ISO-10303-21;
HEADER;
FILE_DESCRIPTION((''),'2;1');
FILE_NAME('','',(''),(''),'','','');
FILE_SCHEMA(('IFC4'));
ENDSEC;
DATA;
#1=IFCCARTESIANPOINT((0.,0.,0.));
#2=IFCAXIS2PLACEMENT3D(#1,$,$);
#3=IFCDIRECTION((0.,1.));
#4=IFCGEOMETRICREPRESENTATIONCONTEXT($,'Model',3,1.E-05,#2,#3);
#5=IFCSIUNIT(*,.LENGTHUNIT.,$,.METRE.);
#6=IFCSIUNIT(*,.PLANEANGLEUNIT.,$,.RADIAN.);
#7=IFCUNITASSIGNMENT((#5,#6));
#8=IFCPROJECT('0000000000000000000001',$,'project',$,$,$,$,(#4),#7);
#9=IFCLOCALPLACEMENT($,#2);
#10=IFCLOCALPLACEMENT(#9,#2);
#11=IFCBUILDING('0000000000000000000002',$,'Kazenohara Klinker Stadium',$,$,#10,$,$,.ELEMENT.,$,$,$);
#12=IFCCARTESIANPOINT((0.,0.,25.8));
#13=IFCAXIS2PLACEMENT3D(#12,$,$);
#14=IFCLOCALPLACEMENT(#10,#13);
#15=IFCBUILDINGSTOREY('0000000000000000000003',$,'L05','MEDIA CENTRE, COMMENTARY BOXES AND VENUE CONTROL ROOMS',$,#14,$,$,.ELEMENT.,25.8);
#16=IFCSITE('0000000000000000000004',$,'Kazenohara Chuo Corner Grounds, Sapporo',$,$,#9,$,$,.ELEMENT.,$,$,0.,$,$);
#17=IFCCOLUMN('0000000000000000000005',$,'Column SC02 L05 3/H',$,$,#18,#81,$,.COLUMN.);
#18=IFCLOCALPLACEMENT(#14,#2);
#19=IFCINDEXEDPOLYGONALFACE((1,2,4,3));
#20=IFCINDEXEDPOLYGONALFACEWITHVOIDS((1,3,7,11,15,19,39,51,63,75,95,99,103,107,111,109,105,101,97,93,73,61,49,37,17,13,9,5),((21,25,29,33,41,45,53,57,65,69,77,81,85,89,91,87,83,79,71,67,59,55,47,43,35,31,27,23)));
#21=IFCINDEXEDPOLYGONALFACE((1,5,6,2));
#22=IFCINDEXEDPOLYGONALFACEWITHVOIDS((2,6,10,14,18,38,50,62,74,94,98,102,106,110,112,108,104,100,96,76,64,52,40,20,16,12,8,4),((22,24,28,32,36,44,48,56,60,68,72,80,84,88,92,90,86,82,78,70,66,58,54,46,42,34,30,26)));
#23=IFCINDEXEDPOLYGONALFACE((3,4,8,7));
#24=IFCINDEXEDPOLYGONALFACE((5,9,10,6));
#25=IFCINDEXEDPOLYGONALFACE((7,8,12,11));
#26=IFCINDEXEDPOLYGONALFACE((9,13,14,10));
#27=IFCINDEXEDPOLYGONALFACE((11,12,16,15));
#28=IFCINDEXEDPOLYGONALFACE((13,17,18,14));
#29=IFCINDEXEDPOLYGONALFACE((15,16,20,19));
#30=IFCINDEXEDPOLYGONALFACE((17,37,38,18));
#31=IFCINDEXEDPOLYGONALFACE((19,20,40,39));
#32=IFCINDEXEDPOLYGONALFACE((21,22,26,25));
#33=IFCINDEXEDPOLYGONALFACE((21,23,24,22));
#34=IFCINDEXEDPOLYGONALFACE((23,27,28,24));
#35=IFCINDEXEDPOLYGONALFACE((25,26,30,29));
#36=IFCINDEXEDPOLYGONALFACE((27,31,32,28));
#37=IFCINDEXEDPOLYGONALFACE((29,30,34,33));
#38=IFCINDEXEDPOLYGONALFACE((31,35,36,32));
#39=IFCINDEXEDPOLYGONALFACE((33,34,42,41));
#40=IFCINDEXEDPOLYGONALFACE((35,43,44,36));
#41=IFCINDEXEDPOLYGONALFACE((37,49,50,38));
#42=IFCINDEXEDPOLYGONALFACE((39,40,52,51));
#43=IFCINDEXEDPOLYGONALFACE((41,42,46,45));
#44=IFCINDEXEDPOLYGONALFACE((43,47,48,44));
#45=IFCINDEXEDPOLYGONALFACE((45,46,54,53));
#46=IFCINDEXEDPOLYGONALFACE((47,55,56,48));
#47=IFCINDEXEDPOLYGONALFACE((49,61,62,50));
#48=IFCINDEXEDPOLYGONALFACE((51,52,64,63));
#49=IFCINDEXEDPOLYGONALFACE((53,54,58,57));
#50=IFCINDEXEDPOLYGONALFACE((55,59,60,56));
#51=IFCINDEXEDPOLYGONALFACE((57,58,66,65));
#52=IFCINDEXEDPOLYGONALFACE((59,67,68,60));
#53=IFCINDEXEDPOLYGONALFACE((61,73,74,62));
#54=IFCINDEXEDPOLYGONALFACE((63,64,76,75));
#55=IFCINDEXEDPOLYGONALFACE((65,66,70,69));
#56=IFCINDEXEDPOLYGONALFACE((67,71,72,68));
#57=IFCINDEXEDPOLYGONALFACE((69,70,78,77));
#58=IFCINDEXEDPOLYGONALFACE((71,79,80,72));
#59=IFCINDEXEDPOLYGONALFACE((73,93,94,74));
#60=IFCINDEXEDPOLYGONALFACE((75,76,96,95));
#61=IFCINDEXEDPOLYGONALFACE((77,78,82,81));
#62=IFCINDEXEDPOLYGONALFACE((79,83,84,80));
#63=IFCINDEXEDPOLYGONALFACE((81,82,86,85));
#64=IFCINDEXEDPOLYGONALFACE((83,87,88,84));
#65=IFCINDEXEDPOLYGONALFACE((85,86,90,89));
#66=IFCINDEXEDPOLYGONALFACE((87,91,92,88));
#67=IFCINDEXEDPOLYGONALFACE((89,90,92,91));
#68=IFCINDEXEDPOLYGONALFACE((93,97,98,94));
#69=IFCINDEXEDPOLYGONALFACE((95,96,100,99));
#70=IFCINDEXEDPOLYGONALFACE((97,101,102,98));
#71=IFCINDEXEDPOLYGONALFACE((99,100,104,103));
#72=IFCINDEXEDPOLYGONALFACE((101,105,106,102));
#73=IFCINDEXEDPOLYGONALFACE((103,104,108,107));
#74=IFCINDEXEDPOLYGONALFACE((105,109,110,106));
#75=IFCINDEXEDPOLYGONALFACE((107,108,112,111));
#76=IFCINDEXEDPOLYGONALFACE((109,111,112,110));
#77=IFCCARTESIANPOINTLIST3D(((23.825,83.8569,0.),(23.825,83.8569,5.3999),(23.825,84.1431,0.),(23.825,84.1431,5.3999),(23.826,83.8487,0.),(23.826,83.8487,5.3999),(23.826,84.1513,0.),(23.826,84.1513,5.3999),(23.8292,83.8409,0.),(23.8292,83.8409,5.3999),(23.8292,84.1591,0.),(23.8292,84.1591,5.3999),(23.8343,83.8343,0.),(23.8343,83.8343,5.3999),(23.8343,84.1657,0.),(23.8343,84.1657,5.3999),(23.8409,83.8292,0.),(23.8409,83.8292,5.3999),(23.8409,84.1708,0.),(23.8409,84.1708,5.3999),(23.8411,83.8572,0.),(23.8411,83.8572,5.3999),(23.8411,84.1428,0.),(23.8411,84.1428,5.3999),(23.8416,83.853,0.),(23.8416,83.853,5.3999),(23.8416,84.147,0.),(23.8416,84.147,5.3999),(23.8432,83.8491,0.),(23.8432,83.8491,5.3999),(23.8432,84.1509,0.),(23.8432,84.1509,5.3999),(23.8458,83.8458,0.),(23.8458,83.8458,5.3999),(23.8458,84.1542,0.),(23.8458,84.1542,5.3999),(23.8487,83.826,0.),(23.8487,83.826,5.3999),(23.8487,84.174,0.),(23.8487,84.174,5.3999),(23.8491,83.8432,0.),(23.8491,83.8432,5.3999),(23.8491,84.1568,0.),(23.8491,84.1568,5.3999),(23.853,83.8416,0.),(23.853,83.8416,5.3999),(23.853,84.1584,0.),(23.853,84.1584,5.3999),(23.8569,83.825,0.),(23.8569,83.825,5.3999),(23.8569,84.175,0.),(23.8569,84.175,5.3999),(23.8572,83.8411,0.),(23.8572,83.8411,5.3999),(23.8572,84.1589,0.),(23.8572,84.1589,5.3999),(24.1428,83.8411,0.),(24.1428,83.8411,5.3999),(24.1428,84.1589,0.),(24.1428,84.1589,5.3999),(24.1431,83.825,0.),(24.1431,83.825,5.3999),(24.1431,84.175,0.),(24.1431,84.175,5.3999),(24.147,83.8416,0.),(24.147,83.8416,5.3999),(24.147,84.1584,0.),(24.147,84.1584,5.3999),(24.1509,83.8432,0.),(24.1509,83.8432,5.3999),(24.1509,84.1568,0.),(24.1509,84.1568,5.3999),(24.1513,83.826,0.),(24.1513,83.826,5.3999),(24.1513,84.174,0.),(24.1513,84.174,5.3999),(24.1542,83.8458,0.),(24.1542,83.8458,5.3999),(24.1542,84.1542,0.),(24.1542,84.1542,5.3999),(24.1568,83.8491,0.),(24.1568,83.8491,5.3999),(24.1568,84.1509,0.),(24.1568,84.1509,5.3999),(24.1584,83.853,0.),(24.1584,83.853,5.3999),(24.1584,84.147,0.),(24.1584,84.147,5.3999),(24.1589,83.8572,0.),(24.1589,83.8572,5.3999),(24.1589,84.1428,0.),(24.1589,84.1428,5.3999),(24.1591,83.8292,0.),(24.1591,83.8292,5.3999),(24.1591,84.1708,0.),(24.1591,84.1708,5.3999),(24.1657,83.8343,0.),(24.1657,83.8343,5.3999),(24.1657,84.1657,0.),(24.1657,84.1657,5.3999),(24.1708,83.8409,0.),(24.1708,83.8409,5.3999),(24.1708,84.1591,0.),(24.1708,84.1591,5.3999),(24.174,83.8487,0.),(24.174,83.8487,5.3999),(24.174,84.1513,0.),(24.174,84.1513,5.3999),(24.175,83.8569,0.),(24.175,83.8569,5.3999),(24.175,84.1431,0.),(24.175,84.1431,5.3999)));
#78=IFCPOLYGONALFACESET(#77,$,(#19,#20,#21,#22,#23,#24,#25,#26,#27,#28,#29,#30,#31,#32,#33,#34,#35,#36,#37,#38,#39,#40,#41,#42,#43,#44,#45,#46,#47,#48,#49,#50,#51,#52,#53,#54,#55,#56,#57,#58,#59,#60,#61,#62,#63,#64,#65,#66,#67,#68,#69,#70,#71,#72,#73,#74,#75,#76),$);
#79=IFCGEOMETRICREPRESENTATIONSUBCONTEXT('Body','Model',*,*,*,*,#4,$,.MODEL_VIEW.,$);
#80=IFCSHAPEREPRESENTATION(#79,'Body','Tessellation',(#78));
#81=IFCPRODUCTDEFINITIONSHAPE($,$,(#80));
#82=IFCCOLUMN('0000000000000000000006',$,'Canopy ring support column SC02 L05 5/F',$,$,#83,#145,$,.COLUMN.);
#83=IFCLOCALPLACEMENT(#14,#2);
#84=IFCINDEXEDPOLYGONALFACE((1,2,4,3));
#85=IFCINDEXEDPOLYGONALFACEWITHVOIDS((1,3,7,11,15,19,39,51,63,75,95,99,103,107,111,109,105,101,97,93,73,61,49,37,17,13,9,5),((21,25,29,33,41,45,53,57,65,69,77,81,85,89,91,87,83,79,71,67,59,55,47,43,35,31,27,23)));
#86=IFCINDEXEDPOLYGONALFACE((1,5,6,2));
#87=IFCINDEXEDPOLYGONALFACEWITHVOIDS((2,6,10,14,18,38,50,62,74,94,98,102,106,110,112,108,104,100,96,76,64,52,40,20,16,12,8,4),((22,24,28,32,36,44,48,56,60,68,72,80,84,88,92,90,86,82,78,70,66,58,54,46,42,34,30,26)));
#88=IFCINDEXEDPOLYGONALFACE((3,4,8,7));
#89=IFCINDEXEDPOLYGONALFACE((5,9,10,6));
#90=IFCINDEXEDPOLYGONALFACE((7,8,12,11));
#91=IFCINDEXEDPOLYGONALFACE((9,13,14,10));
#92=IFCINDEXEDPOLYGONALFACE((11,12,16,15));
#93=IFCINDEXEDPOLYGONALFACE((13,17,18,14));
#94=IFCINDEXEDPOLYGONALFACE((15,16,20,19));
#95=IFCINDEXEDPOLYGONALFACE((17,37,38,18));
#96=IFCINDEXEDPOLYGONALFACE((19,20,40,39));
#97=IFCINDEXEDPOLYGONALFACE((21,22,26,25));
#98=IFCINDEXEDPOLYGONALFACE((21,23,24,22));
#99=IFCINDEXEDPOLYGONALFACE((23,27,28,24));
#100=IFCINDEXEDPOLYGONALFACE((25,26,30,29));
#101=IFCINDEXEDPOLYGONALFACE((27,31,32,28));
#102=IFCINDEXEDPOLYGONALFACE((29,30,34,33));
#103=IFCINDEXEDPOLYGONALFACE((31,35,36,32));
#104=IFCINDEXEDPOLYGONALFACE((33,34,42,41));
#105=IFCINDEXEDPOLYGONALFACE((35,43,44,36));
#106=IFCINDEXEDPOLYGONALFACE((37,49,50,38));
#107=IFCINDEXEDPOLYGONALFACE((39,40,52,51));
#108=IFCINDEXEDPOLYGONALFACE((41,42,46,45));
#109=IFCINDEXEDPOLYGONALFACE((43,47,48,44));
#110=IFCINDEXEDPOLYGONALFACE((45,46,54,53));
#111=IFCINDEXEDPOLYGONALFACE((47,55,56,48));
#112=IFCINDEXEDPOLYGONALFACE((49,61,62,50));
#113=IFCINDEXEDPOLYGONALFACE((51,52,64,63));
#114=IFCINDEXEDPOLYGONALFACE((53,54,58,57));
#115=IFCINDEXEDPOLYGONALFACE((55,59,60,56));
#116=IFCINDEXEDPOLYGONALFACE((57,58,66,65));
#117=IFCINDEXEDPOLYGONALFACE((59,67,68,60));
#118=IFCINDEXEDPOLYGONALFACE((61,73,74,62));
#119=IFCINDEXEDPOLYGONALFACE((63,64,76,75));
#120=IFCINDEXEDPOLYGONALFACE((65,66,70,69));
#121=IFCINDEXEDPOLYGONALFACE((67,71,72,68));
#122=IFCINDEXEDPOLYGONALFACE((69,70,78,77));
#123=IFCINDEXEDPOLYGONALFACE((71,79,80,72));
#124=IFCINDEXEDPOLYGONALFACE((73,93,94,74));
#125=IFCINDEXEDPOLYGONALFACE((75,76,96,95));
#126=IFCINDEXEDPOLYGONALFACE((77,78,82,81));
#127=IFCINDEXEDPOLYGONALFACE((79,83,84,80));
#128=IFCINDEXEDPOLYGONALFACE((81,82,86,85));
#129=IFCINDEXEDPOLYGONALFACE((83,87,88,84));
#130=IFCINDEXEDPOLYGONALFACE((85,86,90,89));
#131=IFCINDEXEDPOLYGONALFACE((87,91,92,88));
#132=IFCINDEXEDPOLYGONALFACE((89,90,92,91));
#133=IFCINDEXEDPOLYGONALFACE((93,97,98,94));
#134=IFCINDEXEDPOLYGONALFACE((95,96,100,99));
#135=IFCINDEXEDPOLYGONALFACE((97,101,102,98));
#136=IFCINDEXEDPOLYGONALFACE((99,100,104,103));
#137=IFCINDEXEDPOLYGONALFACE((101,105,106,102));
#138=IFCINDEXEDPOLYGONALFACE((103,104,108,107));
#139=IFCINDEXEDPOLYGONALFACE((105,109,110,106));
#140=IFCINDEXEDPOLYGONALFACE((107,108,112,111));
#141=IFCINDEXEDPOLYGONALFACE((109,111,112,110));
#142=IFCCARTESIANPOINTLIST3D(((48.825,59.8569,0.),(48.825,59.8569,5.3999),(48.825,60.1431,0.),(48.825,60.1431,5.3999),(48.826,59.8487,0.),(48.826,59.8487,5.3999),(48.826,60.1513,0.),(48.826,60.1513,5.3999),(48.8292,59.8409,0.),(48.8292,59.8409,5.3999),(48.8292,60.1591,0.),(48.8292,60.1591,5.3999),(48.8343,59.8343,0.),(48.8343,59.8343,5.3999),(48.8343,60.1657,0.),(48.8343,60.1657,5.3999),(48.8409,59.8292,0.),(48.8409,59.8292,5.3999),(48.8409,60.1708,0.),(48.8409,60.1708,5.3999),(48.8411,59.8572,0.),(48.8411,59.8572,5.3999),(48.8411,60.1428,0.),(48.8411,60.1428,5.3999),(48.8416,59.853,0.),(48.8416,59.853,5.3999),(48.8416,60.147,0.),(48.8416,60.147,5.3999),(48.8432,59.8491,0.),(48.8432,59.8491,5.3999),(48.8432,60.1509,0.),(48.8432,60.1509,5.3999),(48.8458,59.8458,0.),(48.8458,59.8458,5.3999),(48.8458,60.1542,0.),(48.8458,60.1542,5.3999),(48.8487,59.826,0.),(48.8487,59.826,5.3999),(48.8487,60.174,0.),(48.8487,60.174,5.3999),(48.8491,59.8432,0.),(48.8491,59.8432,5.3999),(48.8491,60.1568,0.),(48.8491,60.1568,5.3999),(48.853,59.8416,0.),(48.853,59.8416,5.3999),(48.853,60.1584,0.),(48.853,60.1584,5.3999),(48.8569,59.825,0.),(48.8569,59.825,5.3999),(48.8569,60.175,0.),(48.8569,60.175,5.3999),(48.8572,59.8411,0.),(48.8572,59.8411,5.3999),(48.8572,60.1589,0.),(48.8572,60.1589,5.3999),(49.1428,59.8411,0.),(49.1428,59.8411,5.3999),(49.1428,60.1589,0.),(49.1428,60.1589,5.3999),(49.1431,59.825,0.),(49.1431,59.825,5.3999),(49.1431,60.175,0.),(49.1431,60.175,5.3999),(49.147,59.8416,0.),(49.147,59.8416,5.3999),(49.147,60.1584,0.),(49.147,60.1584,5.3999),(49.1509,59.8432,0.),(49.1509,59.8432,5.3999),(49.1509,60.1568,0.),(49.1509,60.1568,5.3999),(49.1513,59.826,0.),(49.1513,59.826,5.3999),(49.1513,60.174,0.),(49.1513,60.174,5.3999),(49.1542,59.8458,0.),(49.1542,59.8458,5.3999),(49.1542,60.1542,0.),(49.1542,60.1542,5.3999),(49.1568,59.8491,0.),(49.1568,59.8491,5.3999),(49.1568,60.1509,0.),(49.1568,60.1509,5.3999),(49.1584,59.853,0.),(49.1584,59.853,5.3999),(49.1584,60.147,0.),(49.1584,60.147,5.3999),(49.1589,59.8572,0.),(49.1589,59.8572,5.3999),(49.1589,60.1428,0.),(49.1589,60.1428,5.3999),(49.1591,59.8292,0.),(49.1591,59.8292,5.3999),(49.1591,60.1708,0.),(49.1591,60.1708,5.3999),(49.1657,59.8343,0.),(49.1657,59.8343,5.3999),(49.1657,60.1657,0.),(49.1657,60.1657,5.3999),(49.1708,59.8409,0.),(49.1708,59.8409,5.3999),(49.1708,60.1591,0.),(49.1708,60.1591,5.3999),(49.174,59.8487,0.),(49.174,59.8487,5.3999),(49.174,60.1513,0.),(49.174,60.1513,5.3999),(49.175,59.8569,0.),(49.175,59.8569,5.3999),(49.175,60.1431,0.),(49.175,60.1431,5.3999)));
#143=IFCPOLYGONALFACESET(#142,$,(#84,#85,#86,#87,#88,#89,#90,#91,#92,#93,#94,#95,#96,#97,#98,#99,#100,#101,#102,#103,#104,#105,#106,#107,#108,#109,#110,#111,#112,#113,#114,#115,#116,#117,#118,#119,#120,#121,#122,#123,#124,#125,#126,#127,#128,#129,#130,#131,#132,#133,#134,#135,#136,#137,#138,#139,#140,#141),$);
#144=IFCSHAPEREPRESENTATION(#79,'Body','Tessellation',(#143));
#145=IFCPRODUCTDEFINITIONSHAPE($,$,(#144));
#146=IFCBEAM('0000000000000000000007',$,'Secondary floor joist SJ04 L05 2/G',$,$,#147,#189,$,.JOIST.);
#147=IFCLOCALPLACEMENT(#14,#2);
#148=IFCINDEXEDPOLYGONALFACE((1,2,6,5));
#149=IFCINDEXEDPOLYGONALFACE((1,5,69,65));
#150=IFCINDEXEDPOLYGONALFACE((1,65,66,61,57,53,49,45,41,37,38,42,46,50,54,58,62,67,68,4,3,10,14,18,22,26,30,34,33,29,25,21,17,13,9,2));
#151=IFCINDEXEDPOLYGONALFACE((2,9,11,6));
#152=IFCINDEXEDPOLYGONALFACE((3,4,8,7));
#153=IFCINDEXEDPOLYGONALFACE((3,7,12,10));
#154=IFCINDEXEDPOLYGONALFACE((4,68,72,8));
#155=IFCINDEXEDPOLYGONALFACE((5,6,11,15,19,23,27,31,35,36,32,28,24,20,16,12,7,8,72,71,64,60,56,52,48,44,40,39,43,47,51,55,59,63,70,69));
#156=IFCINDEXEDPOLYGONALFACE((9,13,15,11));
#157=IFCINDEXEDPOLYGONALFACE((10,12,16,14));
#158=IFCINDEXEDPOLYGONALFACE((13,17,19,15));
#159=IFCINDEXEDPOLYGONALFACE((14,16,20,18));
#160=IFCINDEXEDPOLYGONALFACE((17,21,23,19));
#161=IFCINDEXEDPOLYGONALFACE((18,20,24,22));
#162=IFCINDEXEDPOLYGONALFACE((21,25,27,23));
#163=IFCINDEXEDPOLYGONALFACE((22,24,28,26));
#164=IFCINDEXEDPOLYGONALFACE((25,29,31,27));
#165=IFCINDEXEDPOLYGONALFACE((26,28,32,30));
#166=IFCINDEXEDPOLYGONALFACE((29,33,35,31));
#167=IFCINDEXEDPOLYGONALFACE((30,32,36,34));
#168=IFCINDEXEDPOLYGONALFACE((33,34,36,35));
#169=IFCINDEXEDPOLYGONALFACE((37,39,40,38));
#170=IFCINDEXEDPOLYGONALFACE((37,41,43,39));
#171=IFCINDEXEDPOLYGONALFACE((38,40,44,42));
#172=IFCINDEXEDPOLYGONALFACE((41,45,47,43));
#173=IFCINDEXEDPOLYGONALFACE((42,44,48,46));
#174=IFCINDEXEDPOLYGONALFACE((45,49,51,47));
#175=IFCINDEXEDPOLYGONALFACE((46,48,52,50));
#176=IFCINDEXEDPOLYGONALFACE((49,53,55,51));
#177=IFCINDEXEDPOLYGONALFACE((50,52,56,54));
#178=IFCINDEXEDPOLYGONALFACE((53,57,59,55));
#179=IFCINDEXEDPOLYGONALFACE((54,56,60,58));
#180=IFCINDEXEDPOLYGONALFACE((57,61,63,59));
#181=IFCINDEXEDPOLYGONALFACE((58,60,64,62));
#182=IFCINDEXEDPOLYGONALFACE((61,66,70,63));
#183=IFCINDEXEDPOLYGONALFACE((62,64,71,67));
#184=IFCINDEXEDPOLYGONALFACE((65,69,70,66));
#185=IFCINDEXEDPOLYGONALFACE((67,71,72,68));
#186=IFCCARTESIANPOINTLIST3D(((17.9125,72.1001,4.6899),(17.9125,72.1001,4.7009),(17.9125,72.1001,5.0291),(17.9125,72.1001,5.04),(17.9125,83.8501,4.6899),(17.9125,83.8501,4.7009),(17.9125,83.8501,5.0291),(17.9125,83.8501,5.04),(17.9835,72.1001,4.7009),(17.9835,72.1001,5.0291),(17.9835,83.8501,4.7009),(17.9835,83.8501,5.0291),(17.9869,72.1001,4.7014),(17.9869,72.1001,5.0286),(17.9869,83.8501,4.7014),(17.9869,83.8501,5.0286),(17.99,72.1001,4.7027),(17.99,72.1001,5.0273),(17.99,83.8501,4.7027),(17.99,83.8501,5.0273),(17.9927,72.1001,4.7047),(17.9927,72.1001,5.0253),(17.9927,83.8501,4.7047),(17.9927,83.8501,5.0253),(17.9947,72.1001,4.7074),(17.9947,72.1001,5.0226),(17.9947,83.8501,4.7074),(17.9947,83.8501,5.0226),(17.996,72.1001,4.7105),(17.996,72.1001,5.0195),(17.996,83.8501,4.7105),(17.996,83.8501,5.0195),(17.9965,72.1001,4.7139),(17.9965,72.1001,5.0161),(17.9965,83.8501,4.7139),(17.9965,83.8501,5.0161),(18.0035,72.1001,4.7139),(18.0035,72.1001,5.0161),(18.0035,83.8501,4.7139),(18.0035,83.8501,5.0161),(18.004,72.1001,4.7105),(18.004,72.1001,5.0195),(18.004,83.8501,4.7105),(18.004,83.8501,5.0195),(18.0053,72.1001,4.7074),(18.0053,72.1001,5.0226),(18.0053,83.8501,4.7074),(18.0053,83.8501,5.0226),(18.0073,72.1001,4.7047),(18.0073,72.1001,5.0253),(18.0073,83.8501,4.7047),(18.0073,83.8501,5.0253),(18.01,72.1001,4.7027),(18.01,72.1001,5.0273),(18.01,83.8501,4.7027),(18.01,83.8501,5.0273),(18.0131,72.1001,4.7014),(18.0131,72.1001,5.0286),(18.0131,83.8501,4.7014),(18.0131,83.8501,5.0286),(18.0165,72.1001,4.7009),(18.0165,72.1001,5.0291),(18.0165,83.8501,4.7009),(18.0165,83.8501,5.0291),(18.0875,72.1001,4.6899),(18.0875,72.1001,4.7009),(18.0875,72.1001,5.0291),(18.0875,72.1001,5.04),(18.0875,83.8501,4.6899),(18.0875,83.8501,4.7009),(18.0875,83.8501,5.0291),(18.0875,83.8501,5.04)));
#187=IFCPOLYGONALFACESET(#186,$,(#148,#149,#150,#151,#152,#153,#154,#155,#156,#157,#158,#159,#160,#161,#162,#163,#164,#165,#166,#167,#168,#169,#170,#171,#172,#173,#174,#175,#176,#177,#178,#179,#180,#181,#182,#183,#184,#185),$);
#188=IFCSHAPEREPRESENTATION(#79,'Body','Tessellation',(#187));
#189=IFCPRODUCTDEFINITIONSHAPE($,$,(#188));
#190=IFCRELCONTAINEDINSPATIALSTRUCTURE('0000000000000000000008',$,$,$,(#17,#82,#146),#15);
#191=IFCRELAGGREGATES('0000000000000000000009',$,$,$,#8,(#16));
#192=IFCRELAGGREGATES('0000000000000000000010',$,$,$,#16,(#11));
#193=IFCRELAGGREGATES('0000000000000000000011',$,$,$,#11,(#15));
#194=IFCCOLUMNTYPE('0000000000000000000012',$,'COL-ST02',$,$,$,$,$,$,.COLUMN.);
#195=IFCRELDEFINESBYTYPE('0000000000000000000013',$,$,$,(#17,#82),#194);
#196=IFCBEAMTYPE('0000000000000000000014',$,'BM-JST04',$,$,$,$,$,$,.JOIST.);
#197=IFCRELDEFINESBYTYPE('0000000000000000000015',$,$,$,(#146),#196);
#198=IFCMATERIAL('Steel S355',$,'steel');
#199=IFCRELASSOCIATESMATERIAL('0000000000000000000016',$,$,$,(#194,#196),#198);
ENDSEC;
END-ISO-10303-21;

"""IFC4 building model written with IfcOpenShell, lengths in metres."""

from ifc_helpers import new_model, si_unit, direction, frame, origin, origin_2d, place, context, subcontext, project, spatial, hollow_rectangle, i_section, extrude, material, material_profile, profile_set, type_object, element, save


model = new_model("IFC4")

# Units and contexts
model_context = context("Model", 3, precision=1e-05, world=origin(), true_north=direction((0.0, 1.0)))
body_context = subcontext(model_context, "Body", "Model", "MODEL_VIEW")
ifc_project = project(units=[si_unit("LENGTHUNIT", "METRE"), si_unit("PLANEANGLEUNIT", "RADIAN")], contexts=[model_context])

# Site, building, storey
site_placement = place(None, origin())
site = spatial("IfcSite", under=ifc_project, at=site_placement, Name="Kazenohara Chuo Corner Grounds, Sapporo", CompositionType="ELEMENT", RefElevation=0.0)
building_placement = place(site_placement, origin())
building = spatial("IfcBuilding", under=site, at=building_placement, Name="Kazenohara Klinker Stadium", CompositionType="ELEMENT")
storey_placement = place(building_placement, frame((0.0, 0.0, 25.8)))
storey = spatial("IfcBuildingStorey", under=building, at=storey_placement, Name="L05", Description="MEDIA CENTRE, COMMENTARY BOXES AND VENUE CONTROL ROOMS", CompositionType="ELEMENT", Elevation=25.8)

# Columns
ifc_material_1 = material(Name="Steel S355", Category="steel")
ifc_material_profile_1 = material_profile(ifc_material_1, hollow_rectangle(XDim=0.3501, YDim=0.3501, WallThickness=0.0161, InnerFilletRadius=0.0161, OuterFilletRadius=0.032, at=origin_2d()), Name="SHS-350x350x16")
ifc_profile_set_1 = profile_set([ifc_material_profile_1], Name="Steel S355")
column_type_1 = type_object("IfcColumnType", Name="COL-ST02", PredefinedType="COLUMN", material=ifc_profile_set_1)
for number, where, z_axis, x_axis, name in (
    (1, (24.0, 84.0, 0.0), (0.0, 0.0, 1.0), (1.0, 0.0, 0.0), "Column SC02 L05 3/H"),
    (2, (49.0, 60.0, 0.0), (0.0, 0.0, 1.0), (1.0, 0.0, 0.0), "Canopy ring support column SC02 L05 5/F"),
):
    element("IfcColumn", number, at=place(storey_placement, frame(where, z_axis=z_axis, x_axis=x_axis)), inside=storey, type_object=column_type_1, Name=name, PredefinedType="COLUMN", context=body_context, shape_type="SweptSolid", body=[
        extrude(hollow_rectangle(XDim=0.3501, YDim=0.3501, WallThickness=0.0161, InnerFilletRadius=0.0161, OuterFilletRadius=0.032, at=origin_2d()), origin(), (0.0, 0.0, 1.0), 5.3999),
    ])

# Beam
ifc_material_profile_2 = material_profile(ifc_material_1, i_section(OverallWidth=0.175, OverallDepth=0.3501, WebThickness=0.0071, FlangeThickness=0.011, FilletRadius=0.0129, at=origin_2d()), Name="H-350x175x7x11")
ifc_profile_set_2 = profile_set([ifc_material_profile_2], Name="Steel S355")
beam_type = type_object("IfcBeamType", Name="BM-JST04", PredefinedType="JOIST", material=ifc_profile_set_2)
beam_placement = place(storey_placement, frame((18.0, 72.1001, 4.865), z_axis=(0.0, 1.0, 0.0), x_axis=(-1.0, 0.0, 0.0)))
element("IfcBeam", 3, at=beam_placement, inside=storey, type_object=beam_type, Name="Secondary floor joist SJ04 L05 2/G", PredefinedType="JOIST", context=body_context, shape_type="SweptSolid", body=[
    extrude(i_section(OverallWidth=0.175, OverallDepth=0.3501, WebThickness=0.0071, FlangeThickness=0.011, FilletRadius=0.0129, at=origin_2d()), origin(), (0.0, 0.0, 1.0), 11.75),
])

save(model, "model.ifc")
